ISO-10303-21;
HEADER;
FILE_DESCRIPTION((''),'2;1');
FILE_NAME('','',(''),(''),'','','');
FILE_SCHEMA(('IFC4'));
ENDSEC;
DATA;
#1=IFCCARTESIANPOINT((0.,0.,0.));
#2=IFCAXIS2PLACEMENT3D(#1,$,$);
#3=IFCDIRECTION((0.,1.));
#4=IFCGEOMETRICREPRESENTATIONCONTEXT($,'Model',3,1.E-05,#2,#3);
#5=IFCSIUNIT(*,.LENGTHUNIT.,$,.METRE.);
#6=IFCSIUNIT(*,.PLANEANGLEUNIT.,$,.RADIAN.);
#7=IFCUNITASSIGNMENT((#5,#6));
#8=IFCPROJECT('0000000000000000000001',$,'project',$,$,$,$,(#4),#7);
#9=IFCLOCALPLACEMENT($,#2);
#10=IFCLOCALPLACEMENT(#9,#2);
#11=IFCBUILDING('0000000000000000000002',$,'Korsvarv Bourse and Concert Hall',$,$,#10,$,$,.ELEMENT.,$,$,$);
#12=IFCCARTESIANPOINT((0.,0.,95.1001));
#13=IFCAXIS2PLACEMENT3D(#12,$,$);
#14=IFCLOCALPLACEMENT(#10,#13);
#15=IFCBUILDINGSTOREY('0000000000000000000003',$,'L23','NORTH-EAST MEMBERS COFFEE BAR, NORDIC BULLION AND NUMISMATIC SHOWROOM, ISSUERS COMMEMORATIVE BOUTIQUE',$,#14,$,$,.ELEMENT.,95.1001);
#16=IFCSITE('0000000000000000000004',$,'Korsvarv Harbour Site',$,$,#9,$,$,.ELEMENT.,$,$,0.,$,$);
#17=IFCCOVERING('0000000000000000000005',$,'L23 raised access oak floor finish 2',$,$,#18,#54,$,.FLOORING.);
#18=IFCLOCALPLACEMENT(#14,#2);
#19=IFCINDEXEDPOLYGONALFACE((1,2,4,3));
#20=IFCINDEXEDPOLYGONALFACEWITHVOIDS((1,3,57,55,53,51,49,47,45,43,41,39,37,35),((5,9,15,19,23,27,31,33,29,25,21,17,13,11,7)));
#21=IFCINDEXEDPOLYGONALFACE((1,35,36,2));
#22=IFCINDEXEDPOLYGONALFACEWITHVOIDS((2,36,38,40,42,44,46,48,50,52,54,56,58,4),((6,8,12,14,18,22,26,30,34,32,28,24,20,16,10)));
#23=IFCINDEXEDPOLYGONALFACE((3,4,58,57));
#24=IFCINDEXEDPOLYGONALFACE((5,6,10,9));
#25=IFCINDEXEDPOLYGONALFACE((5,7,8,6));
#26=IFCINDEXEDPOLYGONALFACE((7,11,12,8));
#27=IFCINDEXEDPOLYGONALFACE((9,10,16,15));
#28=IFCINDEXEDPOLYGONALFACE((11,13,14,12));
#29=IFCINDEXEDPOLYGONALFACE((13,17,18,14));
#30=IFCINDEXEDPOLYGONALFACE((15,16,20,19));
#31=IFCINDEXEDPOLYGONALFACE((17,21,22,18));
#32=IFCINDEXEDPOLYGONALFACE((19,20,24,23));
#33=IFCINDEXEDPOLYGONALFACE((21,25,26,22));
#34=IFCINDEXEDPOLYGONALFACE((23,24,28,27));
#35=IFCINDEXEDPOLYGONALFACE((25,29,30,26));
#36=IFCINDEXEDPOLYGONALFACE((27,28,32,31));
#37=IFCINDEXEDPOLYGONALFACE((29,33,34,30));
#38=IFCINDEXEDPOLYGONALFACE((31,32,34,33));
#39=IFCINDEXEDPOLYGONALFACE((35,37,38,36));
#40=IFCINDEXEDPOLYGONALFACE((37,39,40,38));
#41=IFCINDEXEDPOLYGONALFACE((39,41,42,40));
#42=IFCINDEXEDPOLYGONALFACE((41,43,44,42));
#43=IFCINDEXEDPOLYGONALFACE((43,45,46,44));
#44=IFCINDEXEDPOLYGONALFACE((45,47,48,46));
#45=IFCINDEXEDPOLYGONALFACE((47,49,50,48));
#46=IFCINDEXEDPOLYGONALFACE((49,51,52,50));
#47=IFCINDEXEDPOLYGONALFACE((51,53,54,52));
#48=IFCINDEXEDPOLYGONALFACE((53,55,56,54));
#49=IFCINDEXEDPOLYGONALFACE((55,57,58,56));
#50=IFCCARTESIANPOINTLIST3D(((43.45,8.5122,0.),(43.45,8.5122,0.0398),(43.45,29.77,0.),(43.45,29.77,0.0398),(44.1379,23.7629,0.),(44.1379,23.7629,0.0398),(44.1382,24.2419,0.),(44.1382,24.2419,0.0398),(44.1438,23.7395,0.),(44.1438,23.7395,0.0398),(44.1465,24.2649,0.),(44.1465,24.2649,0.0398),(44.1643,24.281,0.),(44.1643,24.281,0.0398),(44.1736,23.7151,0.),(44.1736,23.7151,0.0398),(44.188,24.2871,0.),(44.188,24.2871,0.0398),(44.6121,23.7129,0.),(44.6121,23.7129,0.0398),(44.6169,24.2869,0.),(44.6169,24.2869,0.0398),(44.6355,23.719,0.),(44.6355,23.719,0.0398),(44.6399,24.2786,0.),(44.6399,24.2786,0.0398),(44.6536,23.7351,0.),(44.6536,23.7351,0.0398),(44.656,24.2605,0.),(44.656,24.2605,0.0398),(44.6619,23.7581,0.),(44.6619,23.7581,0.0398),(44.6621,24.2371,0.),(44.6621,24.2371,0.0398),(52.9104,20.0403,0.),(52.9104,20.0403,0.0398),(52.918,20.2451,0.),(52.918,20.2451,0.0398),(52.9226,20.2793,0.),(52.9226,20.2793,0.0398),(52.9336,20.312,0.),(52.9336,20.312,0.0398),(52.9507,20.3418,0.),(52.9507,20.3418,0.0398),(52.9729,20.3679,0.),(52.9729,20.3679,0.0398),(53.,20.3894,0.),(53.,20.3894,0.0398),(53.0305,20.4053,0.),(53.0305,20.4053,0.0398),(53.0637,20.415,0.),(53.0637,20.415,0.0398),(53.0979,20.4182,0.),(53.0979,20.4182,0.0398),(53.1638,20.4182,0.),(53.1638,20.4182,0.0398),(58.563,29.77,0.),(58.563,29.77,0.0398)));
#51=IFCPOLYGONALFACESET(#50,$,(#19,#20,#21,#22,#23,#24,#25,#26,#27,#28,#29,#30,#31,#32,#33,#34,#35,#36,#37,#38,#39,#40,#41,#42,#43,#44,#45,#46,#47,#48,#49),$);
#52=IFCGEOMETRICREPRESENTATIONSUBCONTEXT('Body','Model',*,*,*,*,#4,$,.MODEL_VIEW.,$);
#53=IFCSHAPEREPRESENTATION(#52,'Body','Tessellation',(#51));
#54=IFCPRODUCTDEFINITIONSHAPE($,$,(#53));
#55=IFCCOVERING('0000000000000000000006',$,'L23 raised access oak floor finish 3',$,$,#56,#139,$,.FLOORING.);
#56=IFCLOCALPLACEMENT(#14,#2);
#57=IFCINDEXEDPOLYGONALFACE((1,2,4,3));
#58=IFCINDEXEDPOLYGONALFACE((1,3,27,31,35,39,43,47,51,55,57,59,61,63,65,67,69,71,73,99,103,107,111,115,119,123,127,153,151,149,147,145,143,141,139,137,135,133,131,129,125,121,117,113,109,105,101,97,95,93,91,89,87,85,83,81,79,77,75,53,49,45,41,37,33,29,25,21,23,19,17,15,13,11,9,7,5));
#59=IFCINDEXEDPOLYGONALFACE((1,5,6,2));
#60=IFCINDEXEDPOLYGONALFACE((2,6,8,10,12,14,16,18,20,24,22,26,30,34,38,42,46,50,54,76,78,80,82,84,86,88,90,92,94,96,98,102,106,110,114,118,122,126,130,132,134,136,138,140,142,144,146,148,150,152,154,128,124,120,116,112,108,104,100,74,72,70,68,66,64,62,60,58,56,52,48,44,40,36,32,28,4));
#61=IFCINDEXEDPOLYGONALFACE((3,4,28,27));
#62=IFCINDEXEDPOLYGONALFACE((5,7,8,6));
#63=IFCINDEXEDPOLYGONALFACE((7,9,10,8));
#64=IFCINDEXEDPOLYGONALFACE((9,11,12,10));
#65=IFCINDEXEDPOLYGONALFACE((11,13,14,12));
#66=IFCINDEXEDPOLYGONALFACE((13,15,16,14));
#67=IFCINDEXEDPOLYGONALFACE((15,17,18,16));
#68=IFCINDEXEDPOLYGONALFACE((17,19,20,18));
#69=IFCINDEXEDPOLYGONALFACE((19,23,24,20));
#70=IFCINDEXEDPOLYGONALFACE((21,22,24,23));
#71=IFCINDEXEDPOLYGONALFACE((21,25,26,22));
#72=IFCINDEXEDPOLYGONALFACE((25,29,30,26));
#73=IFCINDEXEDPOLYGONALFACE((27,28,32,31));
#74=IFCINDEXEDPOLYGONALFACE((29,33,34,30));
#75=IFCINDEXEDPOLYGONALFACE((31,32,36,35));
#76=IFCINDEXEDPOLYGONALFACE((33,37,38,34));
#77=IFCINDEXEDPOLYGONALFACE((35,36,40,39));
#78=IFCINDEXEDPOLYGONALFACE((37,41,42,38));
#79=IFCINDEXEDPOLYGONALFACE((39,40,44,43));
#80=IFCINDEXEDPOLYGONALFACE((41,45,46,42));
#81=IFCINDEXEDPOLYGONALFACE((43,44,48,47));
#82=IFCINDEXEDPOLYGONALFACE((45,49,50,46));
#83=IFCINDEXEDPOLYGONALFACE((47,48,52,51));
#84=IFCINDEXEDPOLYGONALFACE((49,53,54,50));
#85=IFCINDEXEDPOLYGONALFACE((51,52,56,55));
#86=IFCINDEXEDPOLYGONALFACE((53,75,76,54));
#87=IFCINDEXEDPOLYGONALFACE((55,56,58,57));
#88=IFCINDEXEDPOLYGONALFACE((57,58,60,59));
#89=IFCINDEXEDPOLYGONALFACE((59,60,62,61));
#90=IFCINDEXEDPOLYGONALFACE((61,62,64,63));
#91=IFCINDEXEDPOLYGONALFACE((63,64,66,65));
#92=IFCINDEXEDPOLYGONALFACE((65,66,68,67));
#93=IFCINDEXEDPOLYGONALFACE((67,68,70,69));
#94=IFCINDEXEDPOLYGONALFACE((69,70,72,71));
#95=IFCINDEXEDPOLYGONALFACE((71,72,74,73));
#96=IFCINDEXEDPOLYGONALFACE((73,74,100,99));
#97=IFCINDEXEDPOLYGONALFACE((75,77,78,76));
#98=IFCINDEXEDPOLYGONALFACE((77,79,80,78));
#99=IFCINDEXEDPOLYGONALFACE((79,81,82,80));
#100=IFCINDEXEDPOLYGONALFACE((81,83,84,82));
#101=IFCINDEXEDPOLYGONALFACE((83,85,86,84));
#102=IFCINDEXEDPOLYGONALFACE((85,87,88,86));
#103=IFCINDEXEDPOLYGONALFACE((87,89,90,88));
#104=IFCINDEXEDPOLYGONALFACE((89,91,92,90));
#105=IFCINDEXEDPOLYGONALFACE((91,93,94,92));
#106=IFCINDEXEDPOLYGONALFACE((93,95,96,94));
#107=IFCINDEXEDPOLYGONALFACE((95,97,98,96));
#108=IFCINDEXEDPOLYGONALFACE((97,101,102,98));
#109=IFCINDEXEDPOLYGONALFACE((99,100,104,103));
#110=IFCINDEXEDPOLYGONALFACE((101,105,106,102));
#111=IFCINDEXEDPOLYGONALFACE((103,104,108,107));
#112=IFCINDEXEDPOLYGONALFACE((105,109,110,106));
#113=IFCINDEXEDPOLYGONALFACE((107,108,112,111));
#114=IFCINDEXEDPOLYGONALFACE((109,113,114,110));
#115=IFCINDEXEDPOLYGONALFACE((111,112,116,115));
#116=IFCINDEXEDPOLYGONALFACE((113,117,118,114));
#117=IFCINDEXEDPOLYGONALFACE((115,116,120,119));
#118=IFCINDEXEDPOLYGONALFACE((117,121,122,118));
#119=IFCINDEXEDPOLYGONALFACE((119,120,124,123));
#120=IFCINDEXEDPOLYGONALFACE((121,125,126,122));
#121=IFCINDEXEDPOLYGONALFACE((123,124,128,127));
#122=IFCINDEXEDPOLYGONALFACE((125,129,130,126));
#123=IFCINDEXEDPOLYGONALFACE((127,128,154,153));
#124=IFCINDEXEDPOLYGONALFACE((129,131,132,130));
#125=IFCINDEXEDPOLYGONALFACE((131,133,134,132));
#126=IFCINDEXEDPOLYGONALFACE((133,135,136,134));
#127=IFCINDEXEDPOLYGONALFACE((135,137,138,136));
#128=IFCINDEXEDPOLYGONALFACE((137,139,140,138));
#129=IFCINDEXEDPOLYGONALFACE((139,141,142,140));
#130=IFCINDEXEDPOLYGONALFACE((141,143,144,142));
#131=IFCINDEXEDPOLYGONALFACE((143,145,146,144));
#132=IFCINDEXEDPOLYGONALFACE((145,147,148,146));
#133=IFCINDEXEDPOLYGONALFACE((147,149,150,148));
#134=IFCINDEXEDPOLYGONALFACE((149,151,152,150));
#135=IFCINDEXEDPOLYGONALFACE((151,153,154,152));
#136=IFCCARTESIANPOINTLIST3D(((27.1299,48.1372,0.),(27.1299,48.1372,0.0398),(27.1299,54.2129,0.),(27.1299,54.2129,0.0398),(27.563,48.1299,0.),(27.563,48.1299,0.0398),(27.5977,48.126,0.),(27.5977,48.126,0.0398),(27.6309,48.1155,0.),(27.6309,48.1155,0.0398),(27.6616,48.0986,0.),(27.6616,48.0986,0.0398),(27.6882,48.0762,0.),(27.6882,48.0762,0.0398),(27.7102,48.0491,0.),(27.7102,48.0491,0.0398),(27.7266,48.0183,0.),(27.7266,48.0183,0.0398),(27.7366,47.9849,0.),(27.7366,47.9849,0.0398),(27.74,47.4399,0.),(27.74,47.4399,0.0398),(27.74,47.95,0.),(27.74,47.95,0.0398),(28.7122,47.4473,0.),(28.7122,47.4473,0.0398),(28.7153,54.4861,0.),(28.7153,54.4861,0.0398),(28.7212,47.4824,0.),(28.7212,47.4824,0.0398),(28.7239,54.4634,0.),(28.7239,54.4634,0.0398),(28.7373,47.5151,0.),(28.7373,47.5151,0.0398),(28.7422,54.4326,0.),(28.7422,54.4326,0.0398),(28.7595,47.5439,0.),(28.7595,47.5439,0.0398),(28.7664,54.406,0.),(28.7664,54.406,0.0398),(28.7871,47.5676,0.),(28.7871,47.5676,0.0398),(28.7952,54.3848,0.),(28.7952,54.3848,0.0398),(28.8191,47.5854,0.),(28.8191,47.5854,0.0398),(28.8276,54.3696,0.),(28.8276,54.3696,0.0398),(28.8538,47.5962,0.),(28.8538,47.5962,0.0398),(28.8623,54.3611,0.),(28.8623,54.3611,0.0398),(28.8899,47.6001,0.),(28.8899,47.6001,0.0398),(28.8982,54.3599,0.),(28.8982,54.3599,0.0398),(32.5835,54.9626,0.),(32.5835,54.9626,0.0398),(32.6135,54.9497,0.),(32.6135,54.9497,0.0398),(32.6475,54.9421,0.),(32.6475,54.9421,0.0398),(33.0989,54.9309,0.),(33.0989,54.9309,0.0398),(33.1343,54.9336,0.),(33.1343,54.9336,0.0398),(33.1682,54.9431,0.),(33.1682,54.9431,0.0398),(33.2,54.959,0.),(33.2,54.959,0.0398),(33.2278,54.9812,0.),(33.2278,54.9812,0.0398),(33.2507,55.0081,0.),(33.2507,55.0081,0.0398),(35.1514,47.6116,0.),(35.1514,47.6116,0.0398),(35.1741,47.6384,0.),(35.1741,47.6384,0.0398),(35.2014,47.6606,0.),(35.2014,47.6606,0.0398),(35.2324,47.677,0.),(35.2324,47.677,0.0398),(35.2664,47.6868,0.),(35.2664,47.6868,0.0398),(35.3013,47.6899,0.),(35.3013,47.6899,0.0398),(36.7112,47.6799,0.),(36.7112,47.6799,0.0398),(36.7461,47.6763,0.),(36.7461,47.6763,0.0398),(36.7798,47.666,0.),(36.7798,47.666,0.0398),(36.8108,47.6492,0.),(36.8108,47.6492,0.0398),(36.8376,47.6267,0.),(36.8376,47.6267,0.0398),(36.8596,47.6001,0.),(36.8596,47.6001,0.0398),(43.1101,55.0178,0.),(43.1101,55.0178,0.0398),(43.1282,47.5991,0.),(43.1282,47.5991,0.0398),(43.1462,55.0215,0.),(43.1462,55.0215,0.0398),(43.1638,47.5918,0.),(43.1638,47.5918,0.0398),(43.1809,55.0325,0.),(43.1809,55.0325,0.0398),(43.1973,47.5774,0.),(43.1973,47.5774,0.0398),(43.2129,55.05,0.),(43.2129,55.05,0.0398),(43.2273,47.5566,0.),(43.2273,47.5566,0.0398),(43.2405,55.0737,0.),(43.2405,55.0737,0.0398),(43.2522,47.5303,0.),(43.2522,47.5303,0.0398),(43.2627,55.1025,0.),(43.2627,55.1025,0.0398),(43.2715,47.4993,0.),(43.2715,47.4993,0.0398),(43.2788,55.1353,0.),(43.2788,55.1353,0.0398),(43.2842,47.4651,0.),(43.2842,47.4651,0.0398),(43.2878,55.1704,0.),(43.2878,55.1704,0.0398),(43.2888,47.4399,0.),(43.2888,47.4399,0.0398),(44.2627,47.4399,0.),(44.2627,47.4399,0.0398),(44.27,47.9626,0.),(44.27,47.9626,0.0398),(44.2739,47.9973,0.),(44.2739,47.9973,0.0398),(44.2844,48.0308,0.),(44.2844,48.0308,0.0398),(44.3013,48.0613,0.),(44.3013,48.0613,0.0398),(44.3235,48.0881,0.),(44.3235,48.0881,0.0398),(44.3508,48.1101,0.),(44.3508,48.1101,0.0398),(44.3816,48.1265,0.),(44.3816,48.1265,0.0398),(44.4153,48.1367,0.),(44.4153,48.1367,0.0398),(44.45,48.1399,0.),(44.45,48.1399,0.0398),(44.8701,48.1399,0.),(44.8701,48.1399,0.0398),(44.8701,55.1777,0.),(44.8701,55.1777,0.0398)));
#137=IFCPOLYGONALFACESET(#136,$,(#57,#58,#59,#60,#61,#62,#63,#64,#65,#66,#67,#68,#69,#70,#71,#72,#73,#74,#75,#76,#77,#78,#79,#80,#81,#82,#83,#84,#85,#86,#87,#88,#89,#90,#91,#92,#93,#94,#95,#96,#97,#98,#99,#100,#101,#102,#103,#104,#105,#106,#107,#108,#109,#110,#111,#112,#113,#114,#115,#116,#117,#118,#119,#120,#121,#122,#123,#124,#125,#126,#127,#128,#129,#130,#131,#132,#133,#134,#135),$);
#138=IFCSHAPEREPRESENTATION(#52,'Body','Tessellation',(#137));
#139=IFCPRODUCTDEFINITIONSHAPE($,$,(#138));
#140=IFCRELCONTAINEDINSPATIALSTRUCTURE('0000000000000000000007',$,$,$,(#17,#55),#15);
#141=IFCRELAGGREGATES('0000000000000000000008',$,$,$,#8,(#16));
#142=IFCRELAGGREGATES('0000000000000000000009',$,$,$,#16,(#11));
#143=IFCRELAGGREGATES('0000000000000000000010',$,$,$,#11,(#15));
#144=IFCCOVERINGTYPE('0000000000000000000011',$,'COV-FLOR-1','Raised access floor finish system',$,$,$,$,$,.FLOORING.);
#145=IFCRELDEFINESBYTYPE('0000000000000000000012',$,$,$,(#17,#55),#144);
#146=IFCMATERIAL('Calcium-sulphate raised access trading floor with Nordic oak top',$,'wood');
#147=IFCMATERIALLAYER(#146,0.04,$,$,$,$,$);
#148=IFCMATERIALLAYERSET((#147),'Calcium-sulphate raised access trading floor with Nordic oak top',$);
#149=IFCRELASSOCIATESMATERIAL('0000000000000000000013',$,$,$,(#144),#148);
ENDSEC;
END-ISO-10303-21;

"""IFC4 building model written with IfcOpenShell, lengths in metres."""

from ifc_helpers import new_model, si_unit, direction, frame, origin, place, context, subcontext, project, spatial, polyline, outline, extrude, material, layer, layer_set, type_object, element, save


model = new_model("IFC4")

# Units and contexts
model_context = context("Model", 3, precision=1e-05, world=origin(), true_north=direction((0.0, 1.0)))
body_context = subcontext(model_context, "Body", "Model", "MODEL_VIEW")
ifc_project = project(units=[si_unit("LENGTHUNIT", "METRE"), si_unit("PLANEANGLEUNIT", "RADIAN")], contexts=[model_context])

# Site, building, storey
site_placement = place(None, origin())
site = spatial("IfcSite", under=ifc_project, at=site_placement, Name="Korsvarv Harbour Site", CompositionType="ELEMENT", RefElevation=0.0)
building_placement = place(site_placement, origin())
building = spatial("IfcBuilding", under=site, at=building_placement, Name="Korsvarv Bourse and Concert Hall", CompositionType="ELEMENT")
storey_placement = place(building_placement, frame((0.0, 0.0, 95.1001)))
storey = spatial("IfcBuildingStorey", under=building, at=storey_placement, Name="L23", Description="NORTH-EAST MEMBERS COFFEE BAR, NORDIC BULLION AND NUMISMATIC SHOWROOM, ISSUERS COMMEMORATIVE BOUTIQUE", CompositionType="ELEMENT", Elevation=95.1001)

# Coverings
ifc_material_1 = material(Name="Calcium-sulphate raised access trading floor with Nordic oak top", Category="wood")
ifc_layer_1 = layer(ifc_material_1, 0.04)
ifc_layer_set_1 = layer_set([ifc_layer_1], Name="Calcium-sulphate raised access trading floor with Nordic oak top")
covering_type_1 = type_object("IfcCoveringType", Name="COV-FLOR-1", Description="Raised access floor finish system", PredefinedType="FLOORING", material=ifc_layer_set_1)
covering_1_placement = place(storey_placement, origin())
element("IfcCovering", 1, at=covering_1_placement, inside=storey, type_object=covering_type_1, Name="L23 raised access oak floor finish 2", PredefinedType="FLOORING", context=body_context, shape_type="SweptSolid", body=[
    extrude(outline(polyline([(53.0979, 20.4182), (53.0637, 20.415), (53.0305, 20.4053), (53.0, 20.3894), (52.9729, 20.3679), (52.9507, 20.3418), (52.9336, 20.312), (52.9226, 20.2793), (52.918, 20.2451), (52.9104, 20.0403), (43.45, 8.5122), (43.45, 29.77), (58.563, 29.77), (53.1638, 20.4182), (53.0979, 20.4182)]), holes=[polyline([(44.1736, 23.7151), (44.6121, 23.7129), (44.6355, 23.719), (44.6536, 23.7351), (44.6619, 23.7581), (44.6621, 24.2371), (44.656, 24.2605), (44.6399, 24.2786), (44.6169, 24.2869), (44.188, 24.2871), (44.1643, 24.281), (44.1465, 24.2649), (44.1382, 24.2419), (44.1379, 23.7629), (44.1438, 23.7395), (44.1736, 23.7151)])]), origin(), (0.0, 0.0, 1.0), 0.0398),
])
covering_2_placement = place(storey_placement, origin())
element("IfcCovering", 2, at=covering_2_placement, inside=storey, type_object=covering_type_1, Name="L23 raised access oak floor finish 3", PredefinedType="FLOORING", context=body_context, shape_type="SweptSolid", body=[
    extrude(outline(polyline([(28.7153, 54.4861), (28.7239, 54.4634), (28.7422, 54.4326), (28.7664, 54.406), (28.7952, 54.3848), (28.8276, 54.3696), (28.8623, 54.3611), (28.8982, 54.3599), (32.5835, 54.9626), (32.6135, 54.9497), (32.6475, 54.9421), (33.0989, 54.9309), (33.1343, 54.9336), (33.1682, 54.9431), (33.2, 54.959), (33.2278, 54.9812), (33.2507, 55.0081), (43.1101, 55.0178), (43.1462, 55.0215), (43.1809, 55.0325), (43.2129, 55.05), (43.2405, 55.0737), (43.2627, 55.1025), (43.2788, 55.1353), (43.2878, 55.1704), (44.8701, 55.1777), (44.8701, 48.1399), (44.45, 48.1399), (44.4153, 48.1367), (44.3816, 48.1265), (44.3508, 48.1101), (44.3235, 48.0881), (44.3013, 48.0613), (44.2844, 48.0308), (44.2739, 47.9973), (44.27, 47.9626), (44.2627, 47.4399), (43.2888, 47.4399), (43.2842, 47.4651), (43.2715, 47.4993), (43.2522, 47.5303), (43.2273, 47.5566), (43.1973, 47.5774), (43.1638, 47.5918), (43.1282, 47.5991), (36.8596, 47.6001), (36.8376, 47.6267), (36.8108, 47.6492), (36.7798, 47.666), (36.7461, 47.6763), (36.7112, 47.6799), (35.3013, 47.6899), (35.2664, 47.6868), (35.2324, 47.677), (35.2014, 47.6606), (35.1741, 47.6384), (35.1514, 47.6116), (28.8899, 47.6001), (28.8538, 47.5962), (28.8191, 47.5854), (28.7871, 47.5676), (28.7595, 47.5439), (28.7373, 47.5151), (28.7212, 47.4824), (28.7122, 47.4473), (27.74, 47.4399), (27.74, 47.95), (27.7366, 47.9849), (27.7266, 48.0183), (27.7102, 48.0491), (27.6882, 48.0762), (27.6616, 48.0986), (27.6309, 48.1155), (27.5977, 48.126), (27.563, 48.1299), (27.1299, 48.1372), (27.1299, 54.2129), (28.7153, 54.4861)])), origin(), (0.0, 0.0, 1.0), 0.0398),
])

save(model, "model.ifc")
